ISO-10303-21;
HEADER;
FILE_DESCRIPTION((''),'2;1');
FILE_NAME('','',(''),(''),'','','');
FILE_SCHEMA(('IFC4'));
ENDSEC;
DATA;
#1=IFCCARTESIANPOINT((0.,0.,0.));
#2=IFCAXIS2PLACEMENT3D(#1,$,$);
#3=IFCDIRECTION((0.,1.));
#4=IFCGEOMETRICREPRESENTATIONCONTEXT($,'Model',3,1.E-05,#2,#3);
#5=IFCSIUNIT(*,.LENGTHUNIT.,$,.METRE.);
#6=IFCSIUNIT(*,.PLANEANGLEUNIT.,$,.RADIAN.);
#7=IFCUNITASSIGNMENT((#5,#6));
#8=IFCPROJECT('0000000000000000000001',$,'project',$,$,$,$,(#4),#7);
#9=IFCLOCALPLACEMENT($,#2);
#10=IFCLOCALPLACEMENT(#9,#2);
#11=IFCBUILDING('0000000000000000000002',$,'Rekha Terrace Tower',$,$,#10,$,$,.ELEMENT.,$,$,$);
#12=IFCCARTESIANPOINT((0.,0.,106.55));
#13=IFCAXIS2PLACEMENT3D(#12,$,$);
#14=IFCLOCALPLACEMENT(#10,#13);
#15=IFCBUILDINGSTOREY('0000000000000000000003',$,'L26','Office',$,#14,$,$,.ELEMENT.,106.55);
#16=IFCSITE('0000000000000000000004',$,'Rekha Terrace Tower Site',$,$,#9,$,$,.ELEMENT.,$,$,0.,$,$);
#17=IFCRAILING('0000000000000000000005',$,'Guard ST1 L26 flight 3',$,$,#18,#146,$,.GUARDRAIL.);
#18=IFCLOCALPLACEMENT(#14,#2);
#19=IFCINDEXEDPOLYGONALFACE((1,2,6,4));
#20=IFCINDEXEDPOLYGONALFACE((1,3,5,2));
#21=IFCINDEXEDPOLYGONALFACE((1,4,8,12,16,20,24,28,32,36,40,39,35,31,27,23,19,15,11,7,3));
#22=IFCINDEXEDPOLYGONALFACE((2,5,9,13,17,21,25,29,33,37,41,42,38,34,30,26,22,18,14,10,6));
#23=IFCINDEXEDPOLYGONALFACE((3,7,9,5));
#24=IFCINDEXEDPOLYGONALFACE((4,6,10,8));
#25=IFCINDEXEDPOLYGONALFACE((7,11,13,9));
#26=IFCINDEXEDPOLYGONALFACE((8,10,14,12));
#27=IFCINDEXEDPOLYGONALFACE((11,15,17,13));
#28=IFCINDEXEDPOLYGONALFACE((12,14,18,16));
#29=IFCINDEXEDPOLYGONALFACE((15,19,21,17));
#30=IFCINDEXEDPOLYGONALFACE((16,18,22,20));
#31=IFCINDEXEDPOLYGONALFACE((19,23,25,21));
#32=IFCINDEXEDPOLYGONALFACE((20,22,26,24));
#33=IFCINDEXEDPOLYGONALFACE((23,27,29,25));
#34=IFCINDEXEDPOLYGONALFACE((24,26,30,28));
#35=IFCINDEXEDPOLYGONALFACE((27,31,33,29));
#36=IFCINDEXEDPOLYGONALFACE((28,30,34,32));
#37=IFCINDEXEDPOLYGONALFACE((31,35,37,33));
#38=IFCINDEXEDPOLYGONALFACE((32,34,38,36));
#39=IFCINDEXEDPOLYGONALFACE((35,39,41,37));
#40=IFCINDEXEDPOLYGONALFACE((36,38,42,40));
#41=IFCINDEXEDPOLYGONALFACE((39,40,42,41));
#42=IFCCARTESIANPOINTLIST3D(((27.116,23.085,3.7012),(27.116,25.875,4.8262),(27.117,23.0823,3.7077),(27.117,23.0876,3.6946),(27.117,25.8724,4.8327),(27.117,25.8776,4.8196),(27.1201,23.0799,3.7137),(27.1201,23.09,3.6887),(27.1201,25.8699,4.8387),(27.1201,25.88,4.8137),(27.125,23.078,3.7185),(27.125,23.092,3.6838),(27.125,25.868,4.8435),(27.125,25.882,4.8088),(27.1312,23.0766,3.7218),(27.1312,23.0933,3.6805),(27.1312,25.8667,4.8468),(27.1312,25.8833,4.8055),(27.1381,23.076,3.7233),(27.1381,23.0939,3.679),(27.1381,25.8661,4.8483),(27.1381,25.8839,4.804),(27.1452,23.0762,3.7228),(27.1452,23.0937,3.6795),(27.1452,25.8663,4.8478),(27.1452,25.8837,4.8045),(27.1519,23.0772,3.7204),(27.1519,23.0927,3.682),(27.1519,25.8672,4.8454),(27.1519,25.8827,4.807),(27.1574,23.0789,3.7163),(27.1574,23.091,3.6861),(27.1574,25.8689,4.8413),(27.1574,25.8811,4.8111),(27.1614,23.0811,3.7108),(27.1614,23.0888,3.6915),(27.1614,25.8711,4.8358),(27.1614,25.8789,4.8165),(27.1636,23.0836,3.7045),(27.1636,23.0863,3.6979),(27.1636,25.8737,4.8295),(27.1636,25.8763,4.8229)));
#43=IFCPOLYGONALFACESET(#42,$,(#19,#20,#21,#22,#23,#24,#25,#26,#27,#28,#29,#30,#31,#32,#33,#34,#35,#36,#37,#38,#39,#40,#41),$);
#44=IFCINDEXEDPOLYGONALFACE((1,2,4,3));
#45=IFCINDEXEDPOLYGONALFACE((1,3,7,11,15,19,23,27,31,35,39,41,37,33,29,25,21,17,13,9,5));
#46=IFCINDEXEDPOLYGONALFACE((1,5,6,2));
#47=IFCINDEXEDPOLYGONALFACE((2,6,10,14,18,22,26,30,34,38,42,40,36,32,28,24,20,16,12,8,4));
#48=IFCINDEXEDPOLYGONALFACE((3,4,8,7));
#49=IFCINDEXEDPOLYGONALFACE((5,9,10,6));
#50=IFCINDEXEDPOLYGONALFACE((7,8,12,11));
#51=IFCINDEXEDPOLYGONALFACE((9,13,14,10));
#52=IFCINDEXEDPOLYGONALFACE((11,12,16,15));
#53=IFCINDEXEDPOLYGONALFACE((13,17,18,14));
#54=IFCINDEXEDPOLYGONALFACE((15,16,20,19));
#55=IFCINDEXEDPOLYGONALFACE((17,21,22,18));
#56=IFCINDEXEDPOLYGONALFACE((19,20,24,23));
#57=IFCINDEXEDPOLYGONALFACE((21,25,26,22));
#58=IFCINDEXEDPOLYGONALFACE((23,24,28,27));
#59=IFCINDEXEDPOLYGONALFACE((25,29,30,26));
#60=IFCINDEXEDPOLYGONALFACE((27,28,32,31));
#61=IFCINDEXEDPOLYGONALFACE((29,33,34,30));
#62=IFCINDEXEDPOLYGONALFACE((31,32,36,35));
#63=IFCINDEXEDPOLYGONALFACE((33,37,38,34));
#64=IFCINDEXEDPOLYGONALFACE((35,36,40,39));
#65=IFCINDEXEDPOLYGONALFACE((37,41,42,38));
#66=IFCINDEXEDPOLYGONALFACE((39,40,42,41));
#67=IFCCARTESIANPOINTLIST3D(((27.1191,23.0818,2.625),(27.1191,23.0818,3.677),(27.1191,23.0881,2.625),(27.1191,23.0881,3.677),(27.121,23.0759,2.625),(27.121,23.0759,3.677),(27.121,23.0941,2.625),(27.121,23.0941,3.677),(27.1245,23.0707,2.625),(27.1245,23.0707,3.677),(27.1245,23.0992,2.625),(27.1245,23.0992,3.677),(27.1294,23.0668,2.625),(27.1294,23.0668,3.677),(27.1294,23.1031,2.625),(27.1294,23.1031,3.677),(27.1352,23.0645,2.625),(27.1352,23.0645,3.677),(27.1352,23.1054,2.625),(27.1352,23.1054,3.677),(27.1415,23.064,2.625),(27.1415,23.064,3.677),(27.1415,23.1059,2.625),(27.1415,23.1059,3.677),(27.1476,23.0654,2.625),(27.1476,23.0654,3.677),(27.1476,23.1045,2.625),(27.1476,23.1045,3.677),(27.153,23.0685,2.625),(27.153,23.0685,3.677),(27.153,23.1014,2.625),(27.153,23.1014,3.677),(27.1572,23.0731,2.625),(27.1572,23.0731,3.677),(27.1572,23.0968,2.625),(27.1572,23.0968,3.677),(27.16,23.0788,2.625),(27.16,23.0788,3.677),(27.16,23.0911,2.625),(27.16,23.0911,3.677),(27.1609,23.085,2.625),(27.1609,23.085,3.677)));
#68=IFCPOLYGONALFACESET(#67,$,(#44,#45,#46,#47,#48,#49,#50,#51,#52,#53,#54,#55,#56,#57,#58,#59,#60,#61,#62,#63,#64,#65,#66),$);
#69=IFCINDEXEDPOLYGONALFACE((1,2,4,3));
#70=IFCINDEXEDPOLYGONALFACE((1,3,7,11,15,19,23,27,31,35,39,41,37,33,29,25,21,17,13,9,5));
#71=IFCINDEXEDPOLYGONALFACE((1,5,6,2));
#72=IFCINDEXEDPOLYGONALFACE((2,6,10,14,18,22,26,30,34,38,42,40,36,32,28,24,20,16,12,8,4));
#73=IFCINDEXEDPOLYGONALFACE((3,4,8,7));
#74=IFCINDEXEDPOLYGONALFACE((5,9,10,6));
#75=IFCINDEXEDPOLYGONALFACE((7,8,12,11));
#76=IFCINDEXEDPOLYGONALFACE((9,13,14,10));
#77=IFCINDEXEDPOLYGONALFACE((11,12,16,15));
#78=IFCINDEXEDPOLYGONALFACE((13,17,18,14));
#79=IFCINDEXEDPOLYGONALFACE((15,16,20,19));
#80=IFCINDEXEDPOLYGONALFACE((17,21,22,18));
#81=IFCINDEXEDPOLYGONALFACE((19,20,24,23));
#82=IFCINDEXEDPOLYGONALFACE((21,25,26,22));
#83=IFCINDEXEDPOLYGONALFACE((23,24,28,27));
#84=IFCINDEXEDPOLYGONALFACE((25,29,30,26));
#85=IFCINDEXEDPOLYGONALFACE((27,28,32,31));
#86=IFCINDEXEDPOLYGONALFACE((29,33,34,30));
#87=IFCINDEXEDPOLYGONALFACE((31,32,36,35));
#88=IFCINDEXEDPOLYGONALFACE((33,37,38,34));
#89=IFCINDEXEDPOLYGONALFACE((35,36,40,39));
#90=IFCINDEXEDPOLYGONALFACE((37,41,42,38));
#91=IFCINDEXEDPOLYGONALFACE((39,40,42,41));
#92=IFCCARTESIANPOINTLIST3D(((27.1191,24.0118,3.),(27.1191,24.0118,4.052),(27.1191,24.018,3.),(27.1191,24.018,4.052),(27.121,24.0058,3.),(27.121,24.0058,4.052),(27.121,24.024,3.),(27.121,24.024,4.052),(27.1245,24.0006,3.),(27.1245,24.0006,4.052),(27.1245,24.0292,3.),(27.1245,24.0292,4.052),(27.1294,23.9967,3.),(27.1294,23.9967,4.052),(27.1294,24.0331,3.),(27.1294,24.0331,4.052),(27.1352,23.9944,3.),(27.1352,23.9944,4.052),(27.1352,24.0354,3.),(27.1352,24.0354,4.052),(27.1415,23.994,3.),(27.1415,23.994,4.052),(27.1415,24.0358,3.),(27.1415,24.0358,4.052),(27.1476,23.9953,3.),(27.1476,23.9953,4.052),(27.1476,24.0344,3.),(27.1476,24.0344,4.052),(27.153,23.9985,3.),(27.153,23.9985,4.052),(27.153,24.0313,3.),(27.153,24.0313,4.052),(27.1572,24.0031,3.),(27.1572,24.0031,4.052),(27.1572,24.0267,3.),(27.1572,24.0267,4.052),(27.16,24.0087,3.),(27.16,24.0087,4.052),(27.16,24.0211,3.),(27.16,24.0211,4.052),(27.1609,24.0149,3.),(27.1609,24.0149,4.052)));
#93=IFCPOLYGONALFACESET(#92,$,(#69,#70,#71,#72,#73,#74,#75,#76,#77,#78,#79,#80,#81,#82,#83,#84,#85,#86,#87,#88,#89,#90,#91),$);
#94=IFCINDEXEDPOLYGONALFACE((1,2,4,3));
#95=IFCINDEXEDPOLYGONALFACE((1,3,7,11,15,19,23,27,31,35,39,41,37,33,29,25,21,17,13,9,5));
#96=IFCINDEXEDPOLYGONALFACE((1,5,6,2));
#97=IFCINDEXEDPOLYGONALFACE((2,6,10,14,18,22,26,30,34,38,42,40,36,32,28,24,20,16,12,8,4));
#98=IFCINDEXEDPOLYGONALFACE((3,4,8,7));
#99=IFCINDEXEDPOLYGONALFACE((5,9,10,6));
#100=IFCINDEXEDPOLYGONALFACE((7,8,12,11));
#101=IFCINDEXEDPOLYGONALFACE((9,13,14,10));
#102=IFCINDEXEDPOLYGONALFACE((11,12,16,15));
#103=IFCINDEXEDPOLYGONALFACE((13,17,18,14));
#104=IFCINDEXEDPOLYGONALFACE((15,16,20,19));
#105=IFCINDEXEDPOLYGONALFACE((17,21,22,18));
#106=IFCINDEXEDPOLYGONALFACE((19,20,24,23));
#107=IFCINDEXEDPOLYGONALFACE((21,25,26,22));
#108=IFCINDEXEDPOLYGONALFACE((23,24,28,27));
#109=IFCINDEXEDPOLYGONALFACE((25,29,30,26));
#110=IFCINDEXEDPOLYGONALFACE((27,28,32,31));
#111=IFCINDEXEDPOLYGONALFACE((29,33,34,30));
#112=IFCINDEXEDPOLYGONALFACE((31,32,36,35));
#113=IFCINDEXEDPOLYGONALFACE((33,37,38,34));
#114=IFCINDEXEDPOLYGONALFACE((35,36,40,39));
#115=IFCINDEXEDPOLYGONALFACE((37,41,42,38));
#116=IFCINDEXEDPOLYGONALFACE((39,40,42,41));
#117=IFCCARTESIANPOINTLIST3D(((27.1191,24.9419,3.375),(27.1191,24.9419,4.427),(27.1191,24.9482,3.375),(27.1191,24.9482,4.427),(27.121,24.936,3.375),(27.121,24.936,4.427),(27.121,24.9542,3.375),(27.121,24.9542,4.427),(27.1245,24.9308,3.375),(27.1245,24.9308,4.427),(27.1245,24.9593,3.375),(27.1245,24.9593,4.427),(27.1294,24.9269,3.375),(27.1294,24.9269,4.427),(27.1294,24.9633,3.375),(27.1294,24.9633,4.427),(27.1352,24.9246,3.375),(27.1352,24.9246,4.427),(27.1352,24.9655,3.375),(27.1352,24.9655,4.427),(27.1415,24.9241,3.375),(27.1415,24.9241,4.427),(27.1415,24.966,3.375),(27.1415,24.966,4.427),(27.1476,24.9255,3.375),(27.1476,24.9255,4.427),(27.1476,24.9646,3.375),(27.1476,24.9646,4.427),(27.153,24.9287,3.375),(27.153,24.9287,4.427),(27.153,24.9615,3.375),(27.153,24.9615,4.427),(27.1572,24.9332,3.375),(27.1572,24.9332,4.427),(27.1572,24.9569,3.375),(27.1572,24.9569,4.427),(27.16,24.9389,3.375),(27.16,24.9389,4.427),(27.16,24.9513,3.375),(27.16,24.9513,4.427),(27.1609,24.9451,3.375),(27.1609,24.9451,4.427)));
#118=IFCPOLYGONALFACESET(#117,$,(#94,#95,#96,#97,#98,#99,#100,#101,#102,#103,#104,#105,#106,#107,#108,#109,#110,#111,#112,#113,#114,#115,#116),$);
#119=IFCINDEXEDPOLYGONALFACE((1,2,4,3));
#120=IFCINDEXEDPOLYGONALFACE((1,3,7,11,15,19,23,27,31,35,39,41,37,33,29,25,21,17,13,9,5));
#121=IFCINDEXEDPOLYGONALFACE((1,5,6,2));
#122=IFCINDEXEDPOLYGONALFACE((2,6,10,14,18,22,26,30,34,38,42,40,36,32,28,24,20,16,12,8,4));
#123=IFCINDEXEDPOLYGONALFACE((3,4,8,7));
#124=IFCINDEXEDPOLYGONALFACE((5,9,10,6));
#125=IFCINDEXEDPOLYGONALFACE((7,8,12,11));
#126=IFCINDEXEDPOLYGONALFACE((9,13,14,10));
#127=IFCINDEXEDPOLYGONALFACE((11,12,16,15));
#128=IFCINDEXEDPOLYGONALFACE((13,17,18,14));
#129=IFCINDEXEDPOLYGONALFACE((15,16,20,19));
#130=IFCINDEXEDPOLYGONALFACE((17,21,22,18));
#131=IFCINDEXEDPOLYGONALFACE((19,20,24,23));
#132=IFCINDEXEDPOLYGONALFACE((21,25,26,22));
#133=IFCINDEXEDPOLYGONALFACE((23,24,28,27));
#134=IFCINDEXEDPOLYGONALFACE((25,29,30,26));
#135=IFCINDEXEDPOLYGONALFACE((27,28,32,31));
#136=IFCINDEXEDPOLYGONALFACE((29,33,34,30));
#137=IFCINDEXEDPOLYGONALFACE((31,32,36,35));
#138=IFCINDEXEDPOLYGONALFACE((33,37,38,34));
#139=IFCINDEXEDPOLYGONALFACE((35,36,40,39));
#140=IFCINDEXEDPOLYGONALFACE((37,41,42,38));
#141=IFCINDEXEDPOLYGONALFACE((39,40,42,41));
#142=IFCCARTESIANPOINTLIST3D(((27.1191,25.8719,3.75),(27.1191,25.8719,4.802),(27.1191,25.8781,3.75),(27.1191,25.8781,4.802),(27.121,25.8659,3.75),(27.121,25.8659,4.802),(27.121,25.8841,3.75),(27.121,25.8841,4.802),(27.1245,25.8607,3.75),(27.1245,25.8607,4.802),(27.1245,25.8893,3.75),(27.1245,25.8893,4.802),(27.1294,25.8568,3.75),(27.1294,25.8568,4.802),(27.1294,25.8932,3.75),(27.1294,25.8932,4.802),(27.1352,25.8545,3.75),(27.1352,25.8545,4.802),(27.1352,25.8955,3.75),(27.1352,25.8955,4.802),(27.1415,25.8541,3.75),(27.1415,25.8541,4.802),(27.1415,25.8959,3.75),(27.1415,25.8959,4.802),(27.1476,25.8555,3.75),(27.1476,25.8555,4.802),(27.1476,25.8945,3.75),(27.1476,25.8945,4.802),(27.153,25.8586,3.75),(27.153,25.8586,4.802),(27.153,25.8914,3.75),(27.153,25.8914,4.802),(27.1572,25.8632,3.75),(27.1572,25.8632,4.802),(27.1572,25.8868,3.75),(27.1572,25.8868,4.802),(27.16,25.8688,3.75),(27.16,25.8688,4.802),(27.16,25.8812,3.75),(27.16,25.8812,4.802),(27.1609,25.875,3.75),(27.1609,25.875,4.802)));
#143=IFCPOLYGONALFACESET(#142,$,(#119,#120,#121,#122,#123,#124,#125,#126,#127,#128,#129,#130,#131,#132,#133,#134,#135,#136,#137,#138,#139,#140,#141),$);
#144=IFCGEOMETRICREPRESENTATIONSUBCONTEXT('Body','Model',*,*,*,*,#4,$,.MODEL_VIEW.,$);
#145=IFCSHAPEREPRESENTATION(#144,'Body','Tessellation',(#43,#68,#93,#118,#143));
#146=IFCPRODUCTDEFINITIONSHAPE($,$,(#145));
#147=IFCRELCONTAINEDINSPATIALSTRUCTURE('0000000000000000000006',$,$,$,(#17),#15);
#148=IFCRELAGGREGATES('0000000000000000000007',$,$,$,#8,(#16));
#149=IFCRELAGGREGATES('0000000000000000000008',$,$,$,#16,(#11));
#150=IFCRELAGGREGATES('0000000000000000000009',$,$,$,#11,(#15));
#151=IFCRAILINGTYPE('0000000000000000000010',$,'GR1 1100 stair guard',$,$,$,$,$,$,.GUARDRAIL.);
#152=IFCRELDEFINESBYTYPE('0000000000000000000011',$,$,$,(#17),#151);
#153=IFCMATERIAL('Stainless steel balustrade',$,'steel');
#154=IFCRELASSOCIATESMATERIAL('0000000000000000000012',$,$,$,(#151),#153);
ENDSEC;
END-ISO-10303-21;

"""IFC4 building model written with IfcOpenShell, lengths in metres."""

from ifc_helpers import new_model, si_unit, direction, frame, origin, origin_2d, place, context, subcontext, project, spatial, circle, extrude, material, type_object, element, save


model = new_model("IFC4")

# Units and contexts
model_context = context("Model", 3, precision=1e-05, world=origin(), true_north=direction((0.0, 1.0)))
body_context = subcontext(model_context, "Body", "Model", "MODEL_VIEW")
ifc_project = project(units=[si_unit("LENGTHUNIT", "METRE"), si_unit("PLANEANGLEUNIT", "RADIAN")], contexts=[model_context])

# Site, building, storey
site_placement = place(None, origin())
site = spatial("IfcSite", under=ifc_project, at=site_placement, Name="Rekha Terrace Tower Site", CompositionType="ELEMENT", RefElevation=0.0)
building_placement = place(site_placement, origin())
building = spatial("IfcBuilding", under=site, at=building_placement, Name="Rekha Terrace Tower", CompositionType="ELEMENT")
storey_placement = place(building_placement, frame((0.0, 0.0, 106.55)))
storey = spatial("IfcBuildingStorey", under=building, at=storey_placement, Name="L26", Description="Office", CompositionType="ELEMENT", Elevation=106.55)

# Railing
ifc_material_1 = material(Name="Stainless steel balustrade", Category="steel")
railing_type_1 = type_object("IfcRailingType", Name="GR1 1100 stair guard", PredefinedType="GUARDRAIL", material=ifc_material_1)
railing_1_placement = place(storey_placement, frame((27.1399, 23.085, 2.625)))
element("IfcRailing", 1, at=railing_1_placement, inside=storey, type_object=railing_type_1, Name="Guard ST1 L26 flight 3", PredefinedType="GUARDRAIL", context=body_context, shape_type="SweptSolid", body=[
    extrude(circle(Radius=0.0239, at=origin_2d()), frame((0.0, 0.0, 1.0762), z_axis=(0.0, 0.927443, 0.373964), x_axis=(-1.0, 0.0, 0.0)), (0.0, 0.0, 1.0), 3.0083),
    extrude(circle(Radius=0.021, at=origin_2d()), origin(), (0.0, 0.0, 1.0), 1.052),
    extrude(circle(Radius=0.021, at=origin_2d()), frame((0.0, 0.9299, 0.375)), (0.0, 0.0, 1.0), 1.052),
    extrude(circle(Radius=0.021, at=origin_2d()), frame((0.0, 1.8601, 0.75)), (0.0, 0.0, 1.0), 1.052),
    extrude(circle(Radius=0.021, at=origin_2d()), frame((0.0, 2.79, 1.125)), (0.0, 0.0, 1.0), 1.052),
])

save(model, "model.ifc")
